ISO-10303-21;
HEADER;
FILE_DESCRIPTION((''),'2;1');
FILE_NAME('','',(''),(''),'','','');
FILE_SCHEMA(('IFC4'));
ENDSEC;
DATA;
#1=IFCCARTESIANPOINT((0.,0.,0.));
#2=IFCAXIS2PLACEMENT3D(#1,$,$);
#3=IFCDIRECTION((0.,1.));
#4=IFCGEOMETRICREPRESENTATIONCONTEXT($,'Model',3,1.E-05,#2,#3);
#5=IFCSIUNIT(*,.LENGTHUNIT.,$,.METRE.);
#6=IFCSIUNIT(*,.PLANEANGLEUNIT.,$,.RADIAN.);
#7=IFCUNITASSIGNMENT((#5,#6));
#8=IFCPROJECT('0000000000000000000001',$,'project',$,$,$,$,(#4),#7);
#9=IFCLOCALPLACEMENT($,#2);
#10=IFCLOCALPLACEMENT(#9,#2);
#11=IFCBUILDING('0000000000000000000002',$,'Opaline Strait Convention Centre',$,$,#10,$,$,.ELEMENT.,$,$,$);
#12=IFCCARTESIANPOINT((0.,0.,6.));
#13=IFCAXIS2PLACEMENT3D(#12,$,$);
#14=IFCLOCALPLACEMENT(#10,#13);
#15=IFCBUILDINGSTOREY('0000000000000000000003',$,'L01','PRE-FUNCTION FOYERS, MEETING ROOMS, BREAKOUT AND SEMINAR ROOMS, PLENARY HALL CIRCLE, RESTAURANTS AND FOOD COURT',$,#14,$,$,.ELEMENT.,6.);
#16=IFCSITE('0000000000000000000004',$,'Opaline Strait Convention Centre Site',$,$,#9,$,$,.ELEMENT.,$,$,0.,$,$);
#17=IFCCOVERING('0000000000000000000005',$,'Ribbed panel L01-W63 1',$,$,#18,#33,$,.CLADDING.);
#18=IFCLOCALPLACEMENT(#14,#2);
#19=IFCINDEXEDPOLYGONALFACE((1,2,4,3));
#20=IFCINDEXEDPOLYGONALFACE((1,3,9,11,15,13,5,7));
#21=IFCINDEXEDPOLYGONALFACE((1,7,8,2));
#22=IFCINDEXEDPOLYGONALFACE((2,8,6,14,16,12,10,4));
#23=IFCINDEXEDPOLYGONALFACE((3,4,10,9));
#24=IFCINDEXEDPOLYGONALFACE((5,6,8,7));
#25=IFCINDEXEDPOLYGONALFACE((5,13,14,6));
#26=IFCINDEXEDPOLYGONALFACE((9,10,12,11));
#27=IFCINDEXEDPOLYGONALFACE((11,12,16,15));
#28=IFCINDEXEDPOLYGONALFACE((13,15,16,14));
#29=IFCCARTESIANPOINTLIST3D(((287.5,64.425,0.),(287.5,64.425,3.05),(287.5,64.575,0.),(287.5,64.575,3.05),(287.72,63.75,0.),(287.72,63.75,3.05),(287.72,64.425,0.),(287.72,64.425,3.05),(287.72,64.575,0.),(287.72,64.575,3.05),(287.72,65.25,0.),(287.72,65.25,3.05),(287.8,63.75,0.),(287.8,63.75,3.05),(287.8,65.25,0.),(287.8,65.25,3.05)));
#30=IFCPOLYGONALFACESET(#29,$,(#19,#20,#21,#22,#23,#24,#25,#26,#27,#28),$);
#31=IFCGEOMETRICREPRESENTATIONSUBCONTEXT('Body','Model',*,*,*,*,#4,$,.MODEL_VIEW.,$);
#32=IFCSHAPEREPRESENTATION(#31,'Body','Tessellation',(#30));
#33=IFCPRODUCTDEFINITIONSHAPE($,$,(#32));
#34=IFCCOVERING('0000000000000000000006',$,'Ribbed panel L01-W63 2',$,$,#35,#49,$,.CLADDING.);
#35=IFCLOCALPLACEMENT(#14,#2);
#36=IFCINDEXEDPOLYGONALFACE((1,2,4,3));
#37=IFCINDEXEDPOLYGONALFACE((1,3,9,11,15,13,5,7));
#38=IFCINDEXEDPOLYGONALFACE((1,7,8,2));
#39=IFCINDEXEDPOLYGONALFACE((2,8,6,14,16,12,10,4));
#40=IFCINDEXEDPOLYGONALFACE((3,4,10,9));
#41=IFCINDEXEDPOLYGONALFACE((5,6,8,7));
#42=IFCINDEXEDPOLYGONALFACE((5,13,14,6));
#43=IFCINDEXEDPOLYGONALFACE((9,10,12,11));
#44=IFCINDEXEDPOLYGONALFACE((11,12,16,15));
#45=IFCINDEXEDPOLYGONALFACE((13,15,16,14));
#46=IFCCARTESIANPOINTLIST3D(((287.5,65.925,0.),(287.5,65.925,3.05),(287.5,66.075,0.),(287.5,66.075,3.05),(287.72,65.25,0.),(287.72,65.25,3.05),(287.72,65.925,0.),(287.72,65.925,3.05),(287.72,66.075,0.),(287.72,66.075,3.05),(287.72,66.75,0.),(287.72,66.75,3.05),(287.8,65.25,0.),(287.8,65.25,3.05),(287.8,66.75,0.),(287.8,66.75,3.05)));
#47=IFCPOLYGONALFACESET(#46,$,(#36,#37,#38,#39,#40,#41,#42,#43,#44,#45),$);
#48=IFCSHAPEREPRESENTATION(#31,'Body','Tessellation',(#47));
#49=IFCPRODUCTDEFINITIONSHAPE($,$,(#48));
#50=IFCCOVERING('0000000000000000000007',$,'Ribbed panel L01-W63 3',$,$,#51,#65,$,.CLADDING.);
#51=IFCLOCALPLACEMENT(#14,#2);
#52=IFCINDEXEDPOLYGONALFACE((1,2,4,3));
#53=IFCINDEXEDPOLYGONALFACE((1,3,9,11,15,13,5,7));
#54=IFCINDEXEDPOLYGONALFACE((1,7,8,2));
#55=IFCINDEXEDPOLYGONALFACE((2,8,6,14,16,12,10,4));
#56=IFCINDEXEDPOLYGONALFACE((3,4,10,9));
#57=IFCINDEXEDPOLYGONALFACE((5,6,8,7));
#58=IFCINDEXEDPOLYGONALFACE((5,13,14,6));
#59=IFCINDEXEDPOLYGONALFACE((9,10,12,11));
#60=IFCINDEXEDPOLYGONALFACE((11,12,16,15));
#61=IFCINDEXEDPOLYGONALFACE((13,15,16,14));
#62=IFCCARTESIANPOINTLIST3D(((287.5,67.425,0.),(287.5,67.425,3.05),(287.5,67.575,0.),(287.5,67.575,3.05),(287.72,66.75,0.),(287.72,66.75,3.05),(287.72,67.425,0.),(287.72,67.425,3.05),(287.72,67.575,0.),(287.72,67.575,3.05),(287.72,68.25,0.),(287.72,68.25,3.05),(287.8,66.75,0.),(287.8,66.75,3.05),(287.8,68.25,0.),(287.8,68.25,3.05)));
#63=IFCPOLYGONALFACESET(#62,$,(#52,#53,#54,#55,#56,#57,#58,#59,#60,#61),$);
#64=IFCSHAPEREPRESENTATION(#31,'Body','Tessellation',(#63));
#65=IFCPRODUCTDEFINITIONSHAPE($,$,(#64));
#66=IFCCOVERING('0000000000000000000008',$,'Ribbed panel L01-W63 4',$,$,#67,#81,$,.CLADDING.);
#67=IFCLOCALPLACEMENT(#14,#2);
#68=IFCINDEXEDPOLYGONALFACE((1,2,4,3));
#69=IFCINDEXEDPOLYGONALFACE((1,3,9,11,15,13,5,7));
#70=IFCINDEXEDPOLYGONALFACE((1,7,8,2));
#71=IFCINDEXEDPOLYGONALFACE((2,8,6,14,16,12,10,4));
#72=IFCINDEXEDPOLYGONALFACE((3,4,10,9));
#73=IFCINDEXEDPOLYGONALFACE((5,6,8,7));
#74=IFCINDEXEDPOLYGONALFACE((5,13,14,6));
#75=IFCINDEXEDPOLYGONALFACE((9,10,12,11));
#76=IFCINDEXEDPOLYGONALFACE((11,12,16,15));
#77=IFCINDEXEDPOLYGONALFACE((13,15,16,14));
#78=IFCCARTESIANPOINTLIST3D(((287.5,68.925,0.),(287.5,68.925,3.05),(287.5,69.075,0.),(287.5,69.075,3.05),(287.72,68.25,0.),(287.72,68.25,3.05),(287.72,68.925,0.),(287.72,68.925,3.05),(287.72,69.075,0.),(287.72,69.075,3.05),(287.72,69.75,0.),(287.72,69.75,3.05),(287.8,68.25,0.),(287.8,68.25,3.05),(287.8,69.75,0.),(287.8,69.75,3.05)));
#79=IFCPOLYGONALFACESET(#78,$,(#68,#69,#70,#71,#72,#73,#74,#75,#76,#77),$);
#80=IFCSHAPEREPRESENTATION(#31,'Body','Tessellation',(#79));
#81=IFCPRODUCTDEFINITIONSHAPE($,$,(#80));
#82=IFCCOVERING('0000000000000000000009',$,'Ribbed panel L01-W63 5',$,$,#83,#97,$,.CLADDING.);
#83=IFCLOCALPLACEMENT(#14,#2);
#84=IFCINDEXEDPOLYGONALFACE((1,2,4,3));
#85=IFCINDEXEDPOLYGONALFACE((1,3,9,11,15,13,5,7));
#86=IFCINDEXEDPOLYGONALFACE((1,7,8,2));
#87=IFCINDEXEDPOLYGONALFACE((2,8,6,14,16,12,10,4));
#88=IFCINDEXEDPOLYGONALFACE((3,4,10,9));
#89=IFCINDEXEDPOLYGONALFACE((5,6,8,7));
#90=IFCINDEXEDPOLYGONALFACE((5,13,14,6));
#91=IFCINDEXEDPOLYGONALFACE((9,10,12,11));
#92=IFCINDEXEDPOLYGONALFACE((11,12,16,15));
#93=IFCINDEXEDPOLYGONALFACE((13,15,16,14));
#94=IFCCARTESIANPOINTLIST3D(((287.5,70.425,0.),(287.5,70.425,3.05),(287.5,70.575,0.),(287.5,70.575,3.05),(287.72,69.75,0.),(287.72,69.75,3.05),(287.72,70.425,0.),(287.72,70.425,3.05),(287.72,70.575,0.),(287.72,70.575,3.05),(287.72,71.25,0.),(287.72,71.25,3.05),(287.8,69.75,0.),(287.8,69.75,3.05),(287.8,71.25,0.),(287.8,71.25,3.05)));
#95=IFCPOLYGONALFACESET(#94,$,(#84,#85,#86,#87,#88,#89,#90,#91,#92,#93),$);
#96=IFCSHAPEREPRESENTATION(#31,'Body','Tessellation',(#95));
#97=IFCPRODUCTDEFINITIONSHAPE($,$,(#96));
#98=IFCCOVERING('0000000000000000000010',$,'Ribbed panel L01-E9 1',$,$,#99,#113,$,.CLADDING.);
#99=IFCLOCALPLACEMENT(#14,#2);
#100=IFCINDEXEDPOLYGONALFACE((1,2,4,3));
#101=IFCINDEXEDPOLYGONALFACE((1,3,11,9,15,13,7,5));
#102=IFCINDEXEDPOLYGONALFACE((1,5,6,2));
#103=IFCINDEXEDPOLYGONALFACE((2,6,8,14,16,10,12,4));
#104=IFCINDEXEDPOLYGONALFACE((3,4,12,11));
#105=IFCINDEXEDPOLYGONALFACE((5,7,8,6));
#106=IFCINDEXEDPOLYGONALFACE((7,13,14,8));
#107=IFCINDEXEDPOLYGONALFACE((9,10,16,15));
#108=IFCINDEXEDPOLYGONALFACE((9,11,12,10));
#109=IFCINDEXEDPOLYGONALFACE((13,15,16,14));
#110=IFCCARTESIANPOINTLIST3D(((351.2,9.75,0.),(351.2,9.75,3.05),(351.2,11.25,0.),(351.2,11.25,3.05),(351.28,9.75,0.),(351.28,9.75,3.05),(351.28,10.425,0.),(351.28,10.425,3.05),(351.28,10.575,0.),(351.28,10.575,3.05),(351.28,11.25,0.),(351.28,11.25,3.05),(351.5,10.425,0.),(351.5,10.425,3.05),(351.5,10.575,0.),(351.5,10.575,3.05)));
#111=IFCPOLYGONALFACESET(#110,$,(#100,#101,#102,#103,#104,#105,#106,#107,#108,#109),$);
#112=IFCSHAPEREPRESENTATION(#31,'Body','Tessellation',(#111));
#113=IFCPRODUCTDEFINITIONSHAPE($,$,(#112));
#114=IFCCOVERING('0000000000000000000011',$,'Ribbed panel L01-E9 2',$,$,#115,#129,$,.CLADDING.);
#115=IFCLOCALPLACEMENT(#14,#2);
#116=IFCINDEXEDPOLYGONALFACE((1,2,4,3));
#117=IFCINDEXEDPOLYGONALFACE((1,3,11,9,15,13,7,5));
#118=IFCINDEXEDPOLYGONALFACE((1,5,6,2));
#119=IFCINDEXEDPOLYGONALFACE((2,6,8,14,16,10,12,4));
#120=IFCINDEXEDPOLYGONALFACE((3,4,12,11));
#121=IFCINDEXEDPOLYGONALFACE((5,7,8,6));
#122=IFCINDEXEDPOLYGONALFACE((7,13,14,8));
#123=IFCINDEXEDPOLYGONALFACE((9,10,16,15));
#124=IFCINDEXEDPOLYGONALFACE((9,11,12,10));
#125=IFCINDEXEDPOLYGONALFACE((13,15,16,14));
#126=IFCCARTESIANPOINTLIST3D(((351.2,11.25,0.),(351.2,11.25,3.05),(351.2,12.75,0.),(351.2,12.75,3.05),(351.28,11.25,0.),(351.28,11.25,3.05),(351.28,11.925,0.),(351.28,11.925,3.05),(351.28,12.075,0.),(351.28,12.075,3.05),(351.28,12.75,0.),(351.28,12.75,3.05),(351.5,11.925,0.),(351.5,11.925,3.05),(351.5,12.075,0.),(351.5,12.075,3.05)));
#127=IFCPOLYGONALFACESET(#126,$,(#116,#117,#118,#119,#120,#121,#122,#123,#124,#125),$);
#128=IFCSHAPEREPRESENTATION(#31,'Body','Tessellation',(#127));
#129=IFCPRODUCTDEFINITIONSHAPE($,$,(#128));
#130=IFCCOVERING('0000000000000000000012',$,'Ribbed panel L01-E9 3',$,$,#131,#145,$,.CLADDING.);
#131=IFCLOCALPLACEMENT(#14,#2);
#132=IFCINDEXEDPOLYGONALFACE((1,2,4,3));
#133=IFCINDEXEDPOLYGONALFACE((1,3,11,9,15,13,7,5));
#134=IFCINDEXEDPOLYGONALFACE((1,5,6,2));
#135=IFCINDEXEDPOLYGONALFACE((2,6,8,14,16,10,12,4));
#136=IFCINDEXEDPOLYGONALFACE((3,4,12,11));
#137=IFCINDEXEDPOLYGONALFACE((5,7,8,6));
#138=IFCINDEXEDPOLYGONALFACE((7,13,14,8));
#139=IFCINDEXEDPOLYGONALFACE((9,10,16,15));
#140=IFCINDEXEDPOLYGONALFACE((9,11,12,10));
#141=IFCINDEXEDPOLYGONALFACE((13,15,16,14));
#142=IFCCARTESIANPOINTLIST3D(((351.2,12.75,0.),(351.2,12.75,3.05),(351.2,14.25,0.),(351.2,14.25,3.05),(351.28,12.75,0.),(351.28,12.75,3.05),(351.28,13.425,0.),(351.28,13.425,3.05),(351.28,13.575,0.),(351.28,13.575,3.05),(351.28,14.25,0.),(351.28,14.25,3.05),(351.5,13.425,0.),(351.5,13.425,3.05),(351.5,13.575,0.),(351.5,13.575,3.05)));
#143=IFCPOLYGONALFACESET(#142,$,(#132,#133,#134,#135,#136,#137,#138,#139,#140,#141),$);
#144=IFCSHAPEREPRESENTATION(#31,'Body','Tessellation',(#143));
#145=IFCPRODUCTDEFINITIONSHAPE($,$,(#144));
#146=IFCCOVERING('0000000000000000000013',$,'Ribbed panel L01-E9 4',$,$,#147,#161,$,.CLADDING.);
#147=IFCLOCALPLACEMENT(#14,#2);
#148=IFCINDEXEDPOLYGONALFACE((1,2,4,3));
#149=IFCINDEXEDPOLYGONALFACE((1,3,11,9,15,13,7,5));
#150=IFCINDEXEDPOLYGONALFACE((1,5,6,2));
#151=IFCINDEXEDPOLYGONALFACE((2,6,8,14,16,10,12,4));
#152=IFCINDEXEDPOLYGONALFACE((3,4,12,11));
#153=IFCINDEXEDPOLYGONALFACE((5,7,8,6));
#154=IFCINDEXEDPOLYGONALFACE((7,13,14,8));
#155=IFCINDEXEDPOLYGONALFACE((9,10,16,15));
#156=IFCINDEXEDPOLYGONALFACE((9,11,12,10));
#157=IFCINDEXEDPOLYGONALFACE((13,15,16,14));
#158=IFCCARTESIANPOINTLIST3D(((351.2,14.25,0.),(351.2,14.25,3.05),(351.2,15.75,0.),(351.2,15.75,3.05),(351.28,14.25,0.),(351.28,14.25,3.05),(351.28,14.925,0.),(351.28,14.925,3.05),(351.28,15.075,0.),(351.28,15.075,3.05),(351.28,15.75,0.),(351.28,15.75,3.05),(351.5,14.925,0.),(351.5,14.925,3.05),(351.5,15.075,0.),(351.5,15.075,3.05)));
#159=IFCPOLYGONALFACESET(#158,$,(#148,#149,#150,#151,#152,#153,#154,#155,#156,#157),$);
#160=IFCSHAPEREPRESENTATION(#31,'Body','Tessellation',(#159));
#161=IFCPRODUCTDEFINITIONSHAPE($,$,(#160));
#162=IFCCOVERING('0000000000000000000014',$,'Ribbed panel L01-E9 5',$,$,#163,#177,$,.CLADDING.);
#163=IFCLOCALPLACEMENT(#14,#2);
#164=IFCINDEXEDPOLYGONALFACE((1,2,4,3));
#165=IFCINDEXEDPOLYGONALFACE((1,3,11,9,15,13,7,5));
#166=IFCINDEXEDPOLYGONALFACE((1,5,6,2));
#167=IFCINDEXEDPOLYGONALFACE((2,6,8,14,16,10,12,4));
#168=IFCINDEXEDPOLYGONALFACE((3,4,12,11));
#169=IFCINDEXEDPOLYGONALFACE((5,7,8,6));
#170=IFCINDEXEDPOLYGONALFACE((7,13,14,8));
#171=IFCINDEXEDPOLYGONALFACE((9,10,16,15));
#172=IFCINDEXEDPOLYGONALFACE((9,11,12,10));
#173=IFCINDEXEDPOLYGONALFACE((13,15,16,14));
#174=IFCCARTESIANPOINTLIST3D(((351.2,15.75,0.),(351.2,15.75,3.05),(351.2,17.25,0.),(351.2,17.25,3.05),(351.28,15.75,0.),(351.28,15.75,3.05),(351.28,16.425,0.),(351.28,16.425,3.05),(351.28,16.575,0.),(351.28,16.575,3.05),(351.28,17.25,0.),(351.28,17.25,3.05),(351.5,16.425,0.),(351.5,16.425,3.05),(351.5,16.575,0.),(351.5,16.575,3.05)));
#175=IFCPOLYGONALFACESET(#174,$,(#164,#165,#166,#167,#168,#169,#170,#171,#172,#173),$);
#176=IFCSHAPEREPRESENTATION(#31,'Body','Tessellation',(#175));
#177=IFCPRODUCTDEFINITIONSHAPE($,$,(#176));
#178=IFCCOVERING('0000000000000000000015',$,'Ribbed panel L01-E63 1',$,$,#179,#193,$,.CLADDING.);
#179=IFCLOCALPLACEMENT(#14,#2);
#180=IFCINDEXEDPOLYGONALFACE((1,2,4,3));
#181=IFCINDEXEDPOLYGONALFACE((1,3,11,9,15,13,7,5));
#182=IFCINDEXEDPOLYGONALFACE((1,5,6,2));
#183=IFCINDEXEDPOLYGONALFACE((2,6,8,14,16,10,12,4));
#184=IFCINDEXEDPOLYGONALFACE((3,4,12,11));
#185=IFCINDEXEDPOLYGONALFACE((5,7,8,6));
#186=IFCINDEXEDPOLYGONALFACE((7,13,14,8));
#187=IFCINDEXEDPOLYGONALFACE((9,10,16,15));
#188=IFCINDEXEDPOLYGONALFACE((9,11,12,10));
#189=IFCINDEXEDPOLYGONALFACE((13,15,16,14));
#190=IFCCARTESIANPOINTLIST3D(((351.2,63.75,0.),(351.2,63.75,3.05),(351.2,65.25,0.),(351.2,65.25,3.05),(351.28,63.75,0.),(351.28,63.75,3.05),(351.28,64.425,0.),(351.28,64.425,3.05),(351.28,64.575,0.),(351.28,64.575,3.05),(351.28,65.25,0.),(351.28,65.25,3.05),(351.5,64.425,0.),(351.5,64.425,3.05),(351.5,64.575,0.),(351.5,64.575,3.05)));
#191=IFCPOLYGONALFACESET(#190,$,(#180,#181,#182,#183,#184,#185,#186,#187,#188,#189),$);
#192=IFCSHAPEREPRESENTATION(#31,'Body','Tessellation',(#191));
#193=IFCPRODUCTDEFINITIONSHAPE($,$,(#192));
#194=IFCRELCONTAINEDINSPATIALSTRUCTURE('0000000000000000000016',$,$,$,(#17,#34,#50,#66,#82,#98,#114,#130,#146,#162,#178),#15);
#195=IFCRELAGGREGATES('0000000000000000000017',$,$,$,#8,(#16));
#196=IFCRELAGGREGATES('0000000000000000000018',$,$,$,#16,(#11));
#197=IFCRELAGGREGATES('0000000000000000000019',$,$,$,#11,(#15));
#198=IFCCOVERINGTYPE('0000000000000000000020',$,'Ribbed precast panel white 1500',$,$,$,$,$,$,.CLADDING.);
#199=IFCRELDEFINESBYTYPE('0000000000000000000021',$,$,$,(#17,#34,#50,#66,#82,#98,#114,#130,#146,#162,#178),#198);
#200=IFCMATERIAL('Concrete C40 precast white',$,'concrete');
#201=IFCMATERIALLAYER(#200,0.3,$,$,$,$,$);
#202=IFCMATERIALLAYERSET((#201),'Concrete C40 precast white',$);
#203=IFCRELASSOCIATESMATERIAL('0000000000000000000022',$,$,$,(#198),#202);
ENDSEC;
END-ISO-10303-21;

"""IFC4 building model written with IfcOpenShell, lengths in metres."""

from ifc_helpers import new_model, si_unit, direction, frame, origin, place, context, subcontext, project, spatial, polyline, outline, extrude, material, layer, layer_set, type_object, element, save


model = new_model("IFC4")

# Units and contexts
model_context = context("Model", 3, precision=1e-05, world=origin(), true_north=direction((0.0, 1.0)))
body_context = subcontext(model_context, "Body", "Model", "MODEL_VIEW")
ifc_project = project(units=[si_unit("LENGTHUNIT", "METRE"), si_unit("PLANEANGLEUNIT", "RADIAN")], contexts=[model_context])

# Site, building, storey
site_placement = place(None, origin())
site = spatial("IfcSite", under=ifc_project, at=site_placement, Name="Opaline Strait Convention Centre Site", CompositionType="ELEMENT", RefElevation=0.0)
building_placement = place(site_placement, origin())
building = spatial("IfcBuilding", under=site, at=building_placement, Name="Opaline Strait Convention Centre", CompositionType="ELEMENT")
storey_placement = place(building_placement, frame((0.0, 0.0, 6.0)))
storey = spatial("IfcBuildingStorey", under=building, at=storey_placement, Name="L01", Description="PRE-FUNCTION FOYERS, MEETING ROOMS, BREAKOUT AND SEMINAR ROOMS, PLENARY HALL CIRCLE, RESTAURANTS AND FOOD COURT", CompositionType="ELEMENT", Elevation=6.0)

# Coverings
ifc_material = material(Name="Concrete C40 precast white", Category="concrete")
ifc_layer = layer(ifc_material, 0.3)
ifc_layer_set = layer_set([ifc_layer], Name="Concrete C40 precast white")
covering_type = type_object("IfcCoveringType", Name="Ribbed precast panel white 1500", PredefinedType="CLADDING", material=ifc_layer_set)
covering_1_placement = place(storey_placement, origin())
element("IfcCovering", 1, at=covering_1_placement, inside=storey, type_object=covering_type, Name="Ribbed panel L01-W63 1", PredefinedType="CLADDING", context=body_context, shape_type="SweptSolid", body=[
    extrude(outline(polyline([(287.8, 63.75), (287.8, 65.25), (287.72, 65.25), (287.72, 64.575), (287.5, 64.575), (287.5, 64.425), (287.72, 64.425), (287.72, 63.75), (287.8, 63.75)])), origin(), (0.0, 0.0, 1.0), 3.05),
])
covering_2_placement = place(storey_placement, origin())
element("IfcCovering", 2, at=covering_2_placement, inside=storey, type_object=covering_type, Name="Ribbed panel L01-W63 2", PredefinedType="CLADDING", context=body_context, shape_type="SweptSolid", body=[
    extrude(outline(polyline([(287.8, 65.25), (287.8, 66.75), (287.72, 66.75), (287.72, 66.075), (287.5, 66.075), (287.5, 65.925), (287.72, 65.925), (287.72, 65.25), (287.8, 65.25)])), origin(), (0.0, 0.0, 1.0), 3.05),
])
covering_3_placement = place(storey_placement, origin())
element("IfcCovering", 3, at=covering_3_placement, inside=storey, type_object=covering_type, Name="Ribbed panel L01-W63 3", PredefinedType="CLADDING", context=body_context, shape_type="SweptSolid", body=[
    extrude(outline(polyline([(287.8, 66.75), (287.8, 68.25), (287.72, 68.25), (287.72, 67.575), (287.5, 67.575), (287.5, 67.425), (287.72, 67.425), (287.72, 66.75), (287.8, 66.75)])), origin(), (0.0, 0.0, 1.0), 3.05),
])
covering_4_placement = place(storey_placement, origin())
element("IfcCovering", 4, at=covering_4_placement, inside=storey, type_object=covering_type, Name="Ribbed panel L01-W63 4", PredefinedType="CLADDING", context=body_context, shape_type="SweptSolid", body=[
    extrude(outline(polyline([(287.8, 68.25), (287.8, 69.75), (287.72, 69.75), (287.72, 69.075), (287.5, 69.075), (287.5, 68.925), (287.72, 68.925), (287.72, 68.25), (287.8, 68.25)])), origin(), (0.0, 0.0, 1.0), 3.05),
])
covering_5_placement = place(storey_placement, origin())
element("IfcCovering", 5, at=covering_5_placement, inside=storey, type_object=covering_type, Name="Ribbed panel L01-W63 5", PredefinedType="CLADDING", context=body_context, shape_type="SweptSolid", body=[
    extrude(outline(polyline([(287.8, 69.75), (287.8, 71.25), (287.72, 71.25), (287.72, 70.575), (287.5, 70.575), (287.5, 70.425), (287.72, 70.425), (287.72, 69.75), (287.8, 69.75)])), origin(), (0.0, 0.0, 1.0), 3.05),
])
covering_6_placement = place(storey_placement, origin())
element("IfcCovering", 6, at=covering_6_placement, inside=storey, type_object=covering_type, Name="Ribbed panel L01-E9 1", PredefinedType="CLADDING", context=body_context, shape_type="SweptSolid", body=[
    extrude(outline(polyline([(351.2, 9.75), (351.2, 11.25), (351.28, 11.25), (351.28, 10.575), (351.5, 10.575), (351.5, 10.425), (351.28, 10.425), (351.28, 9.75), (351.2, 9.75)])), origin(), (0.0, 0.0, 1.0), 3.05),
])
covering_7_placement = place(storey_placement, origin())
element("IfcCovering", 7, at=covering_7_placement, inside=storey, type_object=covering_type, Name="Ribbed panel L01-E9 2", PredefinedType="CLADDING", context=body_context, shape_type="SweptSolid", body=[
    extrude(outline(polyline([(351.2, 11.25), (351.2, 12.75), (351.28, 12.75), (351.28, 12.075), (351.5, 12.075), (351.5, 11.925), (351.28, 11.925), (351.28, 11.25), (351.2, 11.25)])), origin(), (0.0, 0.0, 1.0), 3.05),
])
covering_8_placement = place(storey_placement, origin())
element("IfcCovering", 8, at=covering_8_placement, inside=storey, type_object=covering_type, Name="Ribbed panel L01-E9 3", PredefinedType="CLADDING", context=body_context, shape_type="SweptSolid", body=[
    extrude(outline(polyline([(351.2, 12.75), (351.2, 14.25), (351.28, 14.25), (351.28, 13.575), (351.5, 13.575), (351.5, 13.425), (351.28, 13.425), (351.28, 12.75), (351.2, 12.75)])), origin(), (0.0, 0.0, 1.0), 3.05),
])
covering_9_placement = place(storey_placement, origin())
element("IfcCovering", 9, at=covering_9_placement, inside=storey, type_object=covering_type, Name="Ribbed panel L01-E9 4", PredefinedType="CLADDING", context=body_context, shape_type="SweptSolid", body=[
    extrude(outline(polyline([(351.2, 14.25), (351.2, 15.75), (351.28, 15.75), (351.28, 15.075), (351.5, 15.075), (351.5, 14.925), (351.28, 14.925), (351.28, 14.25), (351.2, 14.25)])), origin(), (0.0, 0.0, 1.0), 3.05),
])
covering_10_placement = place(storey_placement, origin())
element("IfcCovering", 10, at=covering_10_placement, inside=storey, type_object=covering_type, Name="Ribbed panel L01-E9 5", PredefinedType="CLADDING", context=body_context, shape_type="SweptSolid", body=[
    extrude(outline(polyline([(351.2, 15.75), (351.2, 17.25), (351.28, 17.25), (351.28, 16.575), (351.5, 16.575), (351.5, 16.425), (351.28, 16.425), (351.28, 15.75), (351.2, 15.75)])), origin(), (0.0, 0.0, 1.0), 3.05),
])
covering_11_placement = place(storey_placement, origin())
element("IfcCovering", 11, at=covering_11_placement, inside=storey, type_object=covering_type, Name="Ribbed panel L01-E63 1", PredefinedType="CLADDING", context=body_context, shape_type="SweptSolid", body=[
    extrude(outline(polyline([(351.2, 63.75), (351.2, 65.25), (351.28, 65.25), (351.28, 64.575), (351.5, 64.575), (351.5, 64.425), (351.28, 64.425), (351.28, 63.75), (351.2, 63.75)])), origin(), (0.0, 0.0, 1.0), 3.05),
])

save(model, "model.ifc")
